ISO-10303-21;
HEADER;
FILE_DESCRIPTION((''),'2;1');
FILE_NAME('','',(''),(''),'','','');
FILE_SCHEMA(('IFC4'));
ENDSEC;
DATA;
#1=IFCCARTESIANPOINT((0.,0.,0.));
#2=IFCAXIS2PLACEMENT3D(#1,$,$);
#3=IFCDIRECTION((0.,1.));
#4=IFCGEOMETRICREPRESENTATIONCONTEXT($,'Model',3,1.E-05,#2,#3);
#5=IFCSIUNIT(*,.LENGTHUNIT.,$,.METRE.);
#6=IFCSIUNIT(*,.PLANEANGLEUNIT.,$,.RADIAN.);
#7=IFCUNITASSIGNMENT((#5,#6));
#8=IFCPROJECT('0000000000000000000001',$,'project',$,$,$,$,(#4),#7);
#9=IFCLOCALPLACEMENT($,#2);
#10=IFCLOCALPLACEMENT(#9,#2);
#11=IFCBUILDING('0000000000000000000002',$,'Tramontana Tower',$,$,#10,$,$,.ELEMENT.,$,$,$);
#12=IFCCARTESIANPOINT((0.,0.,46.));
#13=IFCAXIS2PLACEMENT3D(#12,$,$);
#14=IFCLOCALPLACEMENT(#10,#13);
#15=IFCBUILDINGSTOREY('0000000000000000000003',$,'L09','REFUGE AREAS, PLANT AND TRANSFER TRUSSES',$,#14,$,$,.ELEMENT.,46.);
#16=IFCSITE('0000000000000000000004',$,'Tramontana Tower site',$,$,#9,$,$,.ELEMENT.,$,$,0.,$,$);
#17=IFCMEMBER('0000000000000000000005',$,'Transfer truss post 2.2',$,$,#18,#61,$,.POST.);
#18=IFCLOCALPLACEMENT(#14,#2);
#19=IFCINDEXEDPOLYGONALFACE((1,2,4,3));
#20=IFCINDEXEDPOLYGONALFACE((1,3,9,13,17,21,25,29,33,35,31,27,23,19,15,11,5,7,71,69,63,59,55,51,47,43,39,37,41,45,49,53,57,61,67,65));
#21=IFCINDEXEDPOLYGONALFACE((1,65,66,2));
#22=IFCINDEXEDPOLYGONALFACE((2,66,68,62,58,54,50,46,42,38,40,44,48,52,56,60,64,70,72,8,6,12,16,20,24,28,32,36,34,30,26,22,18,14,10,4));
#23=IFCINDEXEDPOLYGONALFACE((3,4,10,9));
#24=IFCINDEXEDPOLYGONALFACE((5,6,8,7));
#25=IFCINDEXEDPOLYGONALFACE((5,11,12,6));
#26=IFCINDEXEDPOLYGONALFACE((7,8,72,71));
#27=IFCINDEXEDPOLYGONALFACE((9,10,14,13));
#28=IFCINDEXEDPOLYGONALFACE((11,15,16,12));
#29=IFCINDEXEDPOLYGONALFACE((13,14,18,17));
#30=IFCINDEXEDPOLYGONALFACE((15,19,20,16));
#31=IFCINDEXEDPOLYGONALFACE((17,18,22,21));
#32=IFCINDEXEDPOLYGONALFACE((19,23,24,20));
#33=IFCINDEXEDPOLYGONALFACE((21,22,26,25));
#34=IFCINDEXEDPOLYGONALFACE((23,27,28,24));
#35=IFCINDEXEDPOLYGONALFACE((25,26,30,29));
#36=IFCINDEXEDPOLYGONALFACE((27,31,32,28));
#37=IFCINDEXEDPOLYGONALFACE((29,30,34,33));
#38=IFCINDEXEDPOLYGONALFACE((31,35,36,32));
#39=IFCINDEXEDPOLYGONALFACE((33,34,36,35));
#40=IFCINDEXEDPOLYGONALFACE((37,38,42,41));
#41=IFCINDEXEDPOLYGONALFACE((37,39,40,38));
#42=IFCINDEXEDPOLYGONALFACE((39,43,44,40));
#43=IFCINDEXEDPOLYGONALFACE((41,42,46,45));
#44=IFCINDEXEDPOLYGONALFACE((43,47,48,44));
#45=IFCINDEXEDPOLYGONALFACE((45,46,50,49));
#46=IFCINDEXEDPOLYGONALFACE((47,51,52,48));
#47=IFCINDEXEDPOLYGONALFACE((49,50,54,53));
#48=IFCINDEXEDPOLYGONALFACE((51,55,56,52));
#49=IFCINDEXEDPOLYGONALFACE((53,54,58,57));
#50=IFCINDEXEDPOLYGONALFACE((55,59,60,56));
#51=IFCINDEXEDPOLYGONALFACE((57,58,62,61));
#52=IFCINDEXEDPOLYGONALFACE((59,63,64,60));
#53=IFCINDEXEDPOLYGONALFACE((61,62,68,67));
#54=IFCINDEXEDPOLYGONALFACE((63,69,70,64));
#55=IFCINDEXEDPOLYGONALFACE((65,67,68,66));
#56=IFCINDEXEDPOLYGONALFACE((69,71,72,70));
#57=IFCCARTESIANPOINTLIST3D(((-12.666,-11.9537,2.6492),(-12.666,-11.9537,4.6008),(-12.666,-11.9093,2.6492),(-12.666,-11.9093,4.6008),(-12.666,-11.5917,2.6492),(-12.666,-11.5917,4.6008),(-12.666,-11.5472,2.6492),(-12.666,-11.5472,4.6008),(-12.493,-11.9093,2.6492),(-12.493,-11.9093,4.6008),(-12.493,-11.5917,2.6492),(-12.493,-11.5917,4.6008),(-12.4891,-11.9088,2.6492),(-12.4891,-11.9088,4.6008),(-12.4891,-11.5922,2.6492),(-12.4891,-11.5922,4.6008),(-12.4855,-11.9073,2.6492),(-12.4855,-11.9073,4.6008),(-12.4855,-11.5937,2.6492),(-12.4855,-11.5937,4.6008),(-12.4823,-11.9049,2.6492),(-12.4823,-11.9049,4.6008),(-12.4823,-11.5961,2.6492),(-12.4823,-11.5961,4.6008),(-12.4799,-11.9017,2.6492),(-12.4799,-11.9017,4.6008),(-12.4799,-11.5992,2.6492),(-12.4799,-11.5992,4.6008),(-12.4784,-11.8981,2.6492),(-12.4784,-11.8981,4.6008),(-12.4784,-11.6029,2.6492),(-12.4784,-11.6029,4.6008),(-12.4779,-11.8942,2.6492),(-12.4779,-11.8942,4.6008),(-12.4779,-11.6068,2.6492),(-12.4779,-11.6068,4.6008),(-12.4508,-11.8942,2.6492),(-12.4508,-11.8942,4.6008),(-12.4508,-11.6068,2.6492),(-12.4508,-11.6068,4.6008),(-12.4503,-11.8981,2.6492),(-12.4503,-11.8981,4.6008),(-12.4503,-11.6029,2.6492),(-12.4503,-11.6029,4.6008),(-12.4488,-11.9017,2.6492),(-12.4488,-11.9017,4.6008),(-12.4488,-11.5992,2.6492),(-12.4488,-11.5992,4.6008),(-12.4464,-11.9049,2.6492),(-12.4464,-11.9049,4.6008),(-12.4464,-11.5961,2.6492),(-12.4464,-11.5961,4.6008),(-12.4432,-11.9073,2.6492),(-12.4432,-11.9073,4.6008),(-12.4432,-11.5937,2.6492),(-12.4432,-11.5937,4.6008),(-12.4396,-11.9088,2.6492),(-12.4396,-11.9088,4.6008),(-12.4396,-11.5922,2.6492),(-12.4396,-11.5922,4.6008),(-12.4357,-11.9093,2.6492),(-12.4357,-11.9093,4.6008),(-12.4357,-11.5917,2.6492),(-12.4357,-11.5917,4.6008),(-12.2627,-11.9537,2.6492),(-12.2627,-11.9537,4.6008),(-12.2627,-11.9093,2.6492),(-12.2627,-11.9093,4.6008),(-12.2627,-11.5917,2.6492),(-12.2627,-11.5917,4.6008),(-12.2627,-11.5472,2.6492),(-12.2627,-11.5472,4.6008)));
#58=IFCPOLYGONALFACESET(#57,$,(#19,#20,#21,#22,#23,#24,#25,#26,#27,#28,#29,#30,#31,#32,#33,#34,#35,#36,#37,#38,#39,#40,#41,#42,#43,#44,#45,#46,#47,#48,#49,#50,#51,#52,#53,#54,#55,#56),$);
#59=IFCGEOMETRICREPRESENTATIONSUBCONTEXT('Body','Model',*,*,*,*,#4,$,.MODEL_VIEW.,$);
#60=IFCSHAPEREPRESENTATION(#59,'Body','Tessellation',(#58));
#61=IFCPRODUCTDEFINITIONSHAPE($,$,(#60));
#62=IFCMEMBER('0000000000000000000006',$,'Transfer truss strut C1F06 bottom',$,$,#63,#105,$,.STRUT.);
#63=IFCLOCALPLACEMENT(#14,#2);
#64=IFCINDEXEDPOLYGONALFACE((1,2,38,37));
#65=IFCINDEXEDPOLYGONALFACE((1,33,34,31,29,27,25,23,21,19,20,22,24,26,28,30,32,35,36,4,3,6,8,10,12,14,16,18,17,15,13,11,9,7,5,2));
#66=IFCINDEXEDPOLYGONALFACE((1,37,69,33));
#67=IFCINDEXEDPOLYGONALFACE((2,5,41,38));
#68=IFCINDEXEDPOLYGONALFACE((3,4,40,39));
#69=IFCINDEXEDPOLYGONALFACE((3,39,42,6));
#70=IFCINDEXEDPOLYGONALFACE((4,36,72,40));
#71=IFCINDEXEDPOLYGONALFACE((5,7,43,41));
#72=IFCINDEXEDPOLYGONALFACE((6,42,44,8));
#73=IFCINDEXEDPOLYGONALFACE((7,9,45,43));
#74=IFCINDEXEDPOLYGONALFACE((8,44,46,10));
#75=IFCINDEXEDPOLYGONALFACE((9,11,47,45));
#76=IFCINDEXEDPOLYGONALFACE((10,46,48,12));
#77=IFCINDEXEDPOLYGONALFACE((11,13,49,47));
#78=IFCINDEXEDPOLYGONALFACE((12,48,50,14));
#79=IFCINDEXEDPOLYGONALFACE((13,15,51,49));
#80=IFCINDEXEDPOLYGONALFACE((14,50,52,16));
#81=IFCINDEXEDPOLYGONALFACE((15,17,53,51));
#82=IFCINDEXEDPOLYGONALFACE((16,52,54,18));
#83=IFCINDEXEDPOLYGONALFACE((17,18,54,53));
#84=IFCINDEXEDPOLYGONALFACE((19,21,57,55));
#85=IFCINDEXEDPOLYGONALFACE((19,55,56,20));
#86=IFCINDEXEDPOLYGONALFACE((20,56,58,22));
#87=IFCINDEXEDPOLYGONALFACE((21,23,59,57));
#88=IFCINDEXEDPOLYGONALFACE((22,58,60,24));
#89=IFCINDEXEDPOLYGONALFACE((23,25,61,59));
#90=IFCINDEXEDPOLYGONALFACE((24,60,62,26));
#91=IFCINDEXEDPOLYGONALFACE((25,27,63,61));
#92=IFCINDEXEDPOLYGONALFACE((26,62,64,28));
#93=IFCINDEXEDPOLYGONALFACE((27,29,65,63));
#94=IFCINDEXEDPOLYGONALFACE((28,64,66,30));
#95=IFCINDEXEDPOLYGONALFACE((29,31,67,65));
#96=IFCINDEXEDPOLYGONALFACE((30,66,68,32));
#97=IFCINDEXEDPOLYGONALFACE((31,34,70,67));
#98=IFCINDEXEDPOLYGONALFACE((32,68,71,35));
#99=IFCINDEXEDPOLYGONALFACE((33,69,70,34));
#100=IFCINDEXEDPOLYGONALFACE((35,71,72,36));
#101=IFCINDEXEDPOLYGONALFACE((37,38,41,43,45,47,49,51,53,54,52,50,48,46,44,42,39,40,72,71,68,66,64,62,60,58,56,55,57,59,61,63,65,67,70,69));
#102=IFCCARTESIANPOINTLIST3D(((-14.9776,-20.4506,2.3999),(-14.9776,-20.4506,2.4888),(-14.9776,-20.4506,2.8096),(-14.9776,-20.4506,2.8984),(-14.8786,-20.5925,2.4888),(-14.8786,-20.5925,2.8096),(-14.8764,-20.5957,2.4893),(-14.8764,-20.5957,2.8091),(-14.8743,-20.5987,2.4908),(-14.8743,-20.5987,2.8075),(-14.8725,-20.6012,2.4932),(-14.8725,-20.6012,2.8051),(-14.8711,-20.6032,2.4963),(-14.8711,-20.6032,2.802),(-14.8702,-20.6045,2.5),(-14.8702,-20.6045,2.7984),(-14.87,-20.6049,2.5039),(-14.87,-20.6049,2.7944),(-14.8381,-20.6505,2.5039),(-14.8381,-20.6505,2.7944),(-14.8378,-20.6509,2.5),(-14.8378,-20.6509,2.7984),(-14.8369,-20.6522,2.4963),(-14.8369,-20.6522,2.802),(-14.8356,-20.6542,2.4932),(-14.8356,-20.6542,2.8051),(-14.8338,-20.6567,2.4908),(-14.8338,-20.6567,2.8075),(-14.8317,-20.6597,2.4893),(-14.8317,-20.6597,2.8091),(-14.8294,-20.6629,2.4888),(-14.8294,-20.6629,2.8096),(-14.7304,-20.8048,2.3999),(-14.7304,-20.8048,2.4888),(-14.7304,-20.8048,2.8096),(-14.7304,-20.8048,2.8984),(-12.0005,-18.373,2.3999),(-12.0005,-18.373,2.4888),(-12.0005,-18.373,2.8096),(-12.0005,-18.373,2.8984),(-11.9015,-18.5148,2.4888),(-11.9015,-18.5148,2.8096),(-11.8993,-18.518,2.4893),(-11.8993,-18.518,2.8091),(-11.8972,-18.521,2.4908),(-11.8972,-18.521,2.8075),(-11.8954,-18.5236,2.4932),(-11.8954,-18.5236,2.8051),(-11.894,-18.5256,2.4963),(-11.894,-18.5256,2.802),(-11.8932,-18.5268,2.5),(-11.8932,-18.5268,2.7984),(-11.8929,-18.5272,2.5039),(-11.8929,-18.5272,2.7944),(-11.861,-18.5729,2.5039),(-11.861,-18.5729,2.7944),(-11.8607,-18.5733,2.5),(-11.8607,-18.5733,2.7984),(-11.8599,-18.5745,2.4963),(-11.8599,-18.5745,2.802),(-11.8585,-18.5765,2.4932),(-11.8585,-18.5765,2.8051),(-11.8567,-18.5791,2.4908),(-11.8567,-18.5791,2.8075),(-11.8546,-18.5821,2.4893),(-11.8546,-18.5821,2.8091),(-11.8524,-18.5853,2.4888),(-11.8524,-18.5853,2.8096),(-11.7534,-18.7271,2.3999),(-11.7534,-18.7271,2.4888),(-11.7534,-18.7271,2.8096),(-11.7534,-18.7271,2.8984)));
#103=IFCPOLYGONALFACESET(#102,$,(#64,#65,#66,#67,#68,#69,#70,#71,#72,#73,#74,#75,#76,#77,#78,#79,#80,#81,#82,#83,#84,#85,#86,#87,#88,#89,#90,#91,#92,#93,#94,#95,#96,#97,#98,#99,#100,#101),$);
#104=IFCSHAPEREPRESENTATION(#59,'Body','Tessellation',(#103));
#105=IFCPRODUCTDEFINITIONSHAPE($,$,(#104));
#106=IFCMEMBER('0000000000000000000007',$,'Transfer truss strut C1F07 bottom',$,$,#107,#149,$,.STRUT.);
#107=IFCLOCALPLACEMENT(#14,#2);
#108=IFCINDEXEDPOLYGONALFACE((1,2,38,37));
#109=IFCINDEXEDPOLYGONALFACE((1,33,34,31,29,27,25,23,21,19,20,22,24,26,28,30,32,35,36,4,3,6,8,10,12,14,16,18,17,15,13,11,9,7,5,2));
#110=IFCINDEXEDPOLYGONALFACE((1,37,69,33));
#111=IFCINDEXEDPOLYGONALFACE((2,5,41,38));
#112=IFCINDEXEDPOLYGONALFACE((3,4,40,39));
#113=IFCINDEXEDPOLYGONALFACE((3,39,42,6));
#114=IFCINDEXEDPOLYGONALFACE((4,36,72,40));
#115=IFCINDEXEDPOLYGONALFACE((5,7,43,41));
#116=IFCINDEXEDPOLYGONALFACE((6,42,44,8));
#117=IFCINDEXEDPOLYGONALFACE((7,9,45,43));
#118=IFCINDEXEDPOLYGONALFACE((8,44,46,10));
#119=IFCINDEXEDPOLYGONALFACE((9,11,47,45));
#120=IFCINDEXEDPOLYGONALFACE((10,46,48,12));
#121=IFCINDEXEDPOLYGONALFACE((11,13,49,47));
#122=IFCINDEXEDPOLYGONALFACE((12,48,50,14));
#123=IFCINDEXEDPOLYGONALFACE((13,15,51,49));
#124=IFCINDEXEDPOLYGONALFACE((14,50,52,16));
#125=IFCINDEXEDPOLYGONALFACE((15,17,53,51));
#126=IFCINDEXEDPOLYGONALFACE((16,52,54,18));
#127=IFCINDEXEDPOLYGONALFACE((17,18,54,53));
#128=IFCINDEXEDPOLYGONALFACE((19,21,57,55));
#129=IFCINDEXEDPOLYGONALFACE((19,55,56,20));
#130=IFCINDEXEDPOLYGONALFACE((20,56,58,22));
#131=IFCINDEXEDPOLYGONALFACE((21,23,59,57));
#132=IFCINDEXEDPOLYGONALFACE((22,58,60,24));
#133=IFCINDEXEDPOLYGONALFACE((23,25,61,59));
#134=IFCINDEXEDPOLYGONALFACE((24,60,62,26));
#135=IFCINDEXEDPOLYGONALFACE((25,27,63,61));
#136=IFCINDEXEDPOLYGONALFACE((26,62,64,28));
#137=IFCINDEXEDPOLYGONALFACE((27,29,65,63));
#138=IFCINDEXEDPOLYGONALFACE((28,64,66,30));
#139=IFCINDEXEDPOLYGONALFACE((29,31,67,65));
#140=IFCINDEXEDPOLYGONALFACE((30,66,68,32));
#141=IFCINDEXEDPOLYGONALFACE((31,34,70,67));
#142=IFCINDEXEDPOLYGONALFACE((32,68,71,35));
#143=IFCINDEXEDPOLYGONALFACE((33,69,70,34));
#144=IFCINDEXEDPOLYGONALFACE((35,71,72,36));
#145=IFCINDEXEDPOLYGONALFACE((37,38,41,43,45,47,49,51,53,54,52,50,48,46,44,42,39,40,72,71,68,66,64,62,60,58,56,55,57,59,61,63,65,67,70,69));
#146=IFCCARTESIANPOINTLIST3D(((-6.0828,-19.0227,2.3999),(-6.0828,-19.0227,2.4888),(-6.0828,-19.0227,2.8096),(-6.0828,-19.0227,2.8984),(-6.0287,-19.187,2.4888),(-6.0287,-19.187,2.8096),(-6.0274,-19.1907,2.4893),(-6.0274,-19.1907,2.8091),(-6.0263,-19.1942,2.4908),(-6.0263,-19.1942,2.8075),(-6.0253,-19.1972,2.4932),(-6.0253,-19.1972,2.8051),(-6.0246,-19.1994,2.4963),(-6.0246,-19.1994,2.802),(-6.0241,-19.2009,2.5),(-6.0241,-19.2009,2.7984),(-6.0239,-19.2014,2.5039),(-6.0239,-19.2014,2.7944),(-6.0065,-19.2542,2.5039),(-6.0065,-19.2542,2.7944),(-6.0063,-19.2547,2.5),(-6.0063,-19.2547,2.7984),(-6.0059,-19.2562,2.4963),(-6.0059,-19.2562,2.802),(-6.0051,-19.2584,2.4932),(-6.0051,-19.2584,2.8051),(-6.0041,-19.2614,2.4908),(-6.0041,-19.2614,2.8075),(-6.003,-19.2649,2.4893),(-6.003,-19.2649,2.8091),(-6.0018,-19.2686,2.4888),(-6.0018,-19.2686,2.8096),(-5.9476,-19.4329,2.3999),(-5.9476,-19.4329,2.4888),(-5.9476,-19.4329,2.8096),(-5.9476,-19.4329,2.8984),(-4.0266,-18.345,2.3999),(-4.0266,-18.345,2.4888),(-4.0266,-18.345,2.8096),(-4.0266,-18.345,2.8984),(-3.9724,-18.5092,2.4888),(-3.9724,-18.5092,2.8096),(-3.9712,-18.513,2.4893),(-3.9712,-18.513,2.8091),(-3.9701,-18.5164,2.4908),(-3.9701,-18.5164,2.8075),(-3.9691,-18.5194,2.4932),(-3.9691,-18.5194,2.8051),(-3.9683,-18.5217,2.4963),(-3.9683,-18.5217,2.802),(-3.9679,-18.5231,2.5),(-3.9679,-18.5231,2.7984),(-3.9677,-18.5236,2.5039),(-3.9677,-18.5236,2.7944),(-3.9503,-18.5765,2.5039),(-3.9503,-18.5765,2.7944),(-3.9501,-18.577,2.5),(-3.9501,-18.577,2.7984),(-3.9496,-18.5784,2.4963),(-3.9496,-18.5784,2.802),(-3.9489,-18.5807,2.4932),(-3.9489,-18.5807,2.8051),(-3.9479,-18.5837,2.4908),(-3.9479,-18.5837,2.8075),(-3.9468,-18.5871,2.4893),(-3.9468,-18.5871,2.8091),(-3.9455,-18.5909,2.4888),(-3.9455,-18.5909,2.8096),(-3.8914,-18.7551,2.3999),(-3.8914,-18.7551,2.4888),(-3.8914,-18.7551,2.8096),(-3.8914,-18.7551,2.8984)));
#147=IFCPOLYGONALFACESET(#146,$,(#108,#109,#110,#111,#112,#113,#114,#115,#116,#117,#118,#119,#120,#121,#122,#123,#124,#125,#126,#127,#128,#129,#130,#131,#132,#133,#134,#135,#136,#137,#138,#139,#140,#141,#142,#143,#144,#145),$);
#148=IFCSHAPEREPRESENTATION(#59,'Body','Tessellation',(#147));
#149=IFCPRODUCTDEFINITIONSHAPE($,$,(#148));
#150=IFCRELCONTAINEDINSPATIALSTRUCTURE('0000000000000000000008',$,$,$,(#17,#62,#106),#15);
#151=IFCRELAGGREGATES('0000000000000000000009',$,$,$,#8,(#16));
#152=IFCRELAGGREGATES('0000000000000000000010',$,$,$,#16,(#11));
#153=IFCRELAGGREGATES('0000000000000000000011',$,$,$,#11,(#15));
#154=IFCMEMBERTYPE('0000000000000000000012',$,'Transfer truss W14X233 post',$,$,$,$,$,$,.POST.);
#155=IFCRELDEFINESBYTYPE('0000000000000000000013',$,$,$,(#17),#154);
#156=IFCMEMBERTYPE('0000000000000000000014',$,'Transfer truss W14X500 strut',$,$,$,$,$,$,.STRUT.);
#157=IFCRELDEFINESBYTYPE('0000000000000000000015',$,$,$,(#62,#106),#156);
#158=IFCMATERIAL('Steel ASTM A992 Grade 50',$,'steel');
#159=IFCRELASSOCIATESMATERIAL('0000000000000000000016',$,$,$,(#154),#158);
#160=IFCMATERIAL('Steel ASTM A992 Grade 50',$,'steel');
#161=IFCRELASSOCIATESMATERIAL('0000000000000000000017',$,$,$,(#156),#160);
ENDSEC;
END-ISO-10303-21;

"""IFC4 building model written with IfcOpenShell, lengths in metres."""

from ifc_helpers import new_model, si_unit, direction, frame, origin, origin_2d, place, context, subcontext, project, spatial, i_section, extrude, material, material_profile, profile_set, type_object, element, save


model = new_model("IFC4")

# Units and contexts
model_context = context("Model", 3, precision=1e-05, world=origin(), true_north=direction((0.0, 1.0)))
body_context = subcontext(model_context, "Body", "Model", "MODEL_VIEW")
ifc_project = project(units=[si_unit("LENGTHUNIT", "METRE"), si_unit("PLANEANGLEUNIT", "RADIAN")], contexts=[model_context])

# Site, building, storey
site_placement = place(None, origin())
site = spatial("IfcSite", under=ifc_project, at=site_placement, Name="Tramontana Tower site", CompositionType="ELEMENT", RefElevation=0.0)
building_placement = place(site_placement, origin())
building = spatial("IfcBuilding", under=site, at=building_placement, Name="Tramontana Tower", CompositionType="ELEMENT")
storey_placement = place(building_placement, frame((0.0, 0.0, 46.0)))
storey = spatial("IfcBuildingStorey", under=building, at=storey_placement, Name="L09", Description="REFUGE AREAS, PLANT AND TRANSFER TRUSSES", CompositionType="ELEMENT", Elevation=46.0)

# Members
ifc_material_1 = material(Name="Steel ASTM A992 Grade 50", Category="steel")
ifc_material_profile_1 = material_profile(ifc_material_1, i_section(OverallWidth=0.4033, OverallDepth=0.4065, WebThickness=0.0271, FlangeThickness=0.0444, FilletRadius=0.0151, at=origin_2d()), Name="W14X233")
ifc_profile_set_1 = profile_set([ifc_material_profile_1], Name="Steel ASTM A992 Grade 50")
member_type_1 = type_object("IfcMemberType", Name="Transfer truss W14X233 post", PredefinedType="POST", material=ifc_profile_set_1)
for number, where, z_axis, x_axis, name in (
    (1, (-12.4644, -11.7505, 2.6492), (0.0, 0.0, 1.0), (1.0, 0.0, 0.0), "Transfer truss post 2.2"),
):
    element("IfcMember", number, at=place(storey_placement, frame(where, z_axis=z_axis, x_axis=x_axis)), inside=storey, type_object=member_type_1, Name=name, PredefinedType="POST", context=body_context, shape_type="SweptSolid", body=[
        extrude(i_section(OverallWidth=0.4033, OverallDepth=0.4065, WebThickness=0.0271, FlangeThickness=0.0444, FilletRadius=0.0151, at=origin_2d()), origin(), (0.0, 0.0, 1.0), 1.9517),
    ])
ifc_material_2 = material(Name="Steel ASTM A992 Grade 50", Category="steel")
ifc_material_profile_2 = material_profile(ifc_material_2, i_section(OverallWidth=0.4319, OverallDepth=0.4985, WebThickness=0.0557, FlangeThickness=0.0889, FilletRadius=0.0151, at=origin_2d()), Name="W14X500")
ifc_profile_set_2 = profile_set([ifc_material_profile_2], Name="Steel ASTM A992 Grade 50")
member_type_2 = type_object("IfcMemberType", Name="Transfer truss W14X500 strut", PredefinedType="STRUT", material=ifc_profile_set_2)
member_1_placement = place(storey_placement, frame((-11.877, -18.55, 2.6492), z_axis=(-0.820046, -0.572297, 0.0), x_axis=(0.572297, -0.820046, 0.0)))
element("IfcMember", 2, at=member_1_placement, inside=storey, type_object=member_type_2, Name="Transfer truss strut C1F06 bottom", PredefinedType="STRUT", context=body_context, shape_type="SweptSolid", body=[
    extrude(i_section(OverallWidth=0.4319, OverallDepth=0.4985, WebThickness=0.0557, FlangeThickness=0.0889, FilletRadius=0.0151, at=origin_2d()), origin(), (0.0, 0.0, 1.0), 3.6304),
])
member_2_placement = place(storey_placement, frame((-3.959, -18.55, 2.6492), z_axis=(-0.949738, -0.313046, 0.0), x_axis=(0.313046, -0.949738, 0.0)))
element("IfcMember", 3, at=member_2_placement, inside=storey, type_object=member_type_2, Name="Transfer truss strut C1F07 bottom", PredefinedType="STRUT", context=body_context, shape_type="SweptSolid", body=[
    extrude(i_section(OverallWidth=0.4319, OverallDepth=0.4985, WebThickness=0.0557, FlangeThickness=0.0889, FilletRadius=0.0151, at=origin_2d()), origin(), (0.0, 0.0, 1.0), 2.165),
])

save(model, "model.ifc")
